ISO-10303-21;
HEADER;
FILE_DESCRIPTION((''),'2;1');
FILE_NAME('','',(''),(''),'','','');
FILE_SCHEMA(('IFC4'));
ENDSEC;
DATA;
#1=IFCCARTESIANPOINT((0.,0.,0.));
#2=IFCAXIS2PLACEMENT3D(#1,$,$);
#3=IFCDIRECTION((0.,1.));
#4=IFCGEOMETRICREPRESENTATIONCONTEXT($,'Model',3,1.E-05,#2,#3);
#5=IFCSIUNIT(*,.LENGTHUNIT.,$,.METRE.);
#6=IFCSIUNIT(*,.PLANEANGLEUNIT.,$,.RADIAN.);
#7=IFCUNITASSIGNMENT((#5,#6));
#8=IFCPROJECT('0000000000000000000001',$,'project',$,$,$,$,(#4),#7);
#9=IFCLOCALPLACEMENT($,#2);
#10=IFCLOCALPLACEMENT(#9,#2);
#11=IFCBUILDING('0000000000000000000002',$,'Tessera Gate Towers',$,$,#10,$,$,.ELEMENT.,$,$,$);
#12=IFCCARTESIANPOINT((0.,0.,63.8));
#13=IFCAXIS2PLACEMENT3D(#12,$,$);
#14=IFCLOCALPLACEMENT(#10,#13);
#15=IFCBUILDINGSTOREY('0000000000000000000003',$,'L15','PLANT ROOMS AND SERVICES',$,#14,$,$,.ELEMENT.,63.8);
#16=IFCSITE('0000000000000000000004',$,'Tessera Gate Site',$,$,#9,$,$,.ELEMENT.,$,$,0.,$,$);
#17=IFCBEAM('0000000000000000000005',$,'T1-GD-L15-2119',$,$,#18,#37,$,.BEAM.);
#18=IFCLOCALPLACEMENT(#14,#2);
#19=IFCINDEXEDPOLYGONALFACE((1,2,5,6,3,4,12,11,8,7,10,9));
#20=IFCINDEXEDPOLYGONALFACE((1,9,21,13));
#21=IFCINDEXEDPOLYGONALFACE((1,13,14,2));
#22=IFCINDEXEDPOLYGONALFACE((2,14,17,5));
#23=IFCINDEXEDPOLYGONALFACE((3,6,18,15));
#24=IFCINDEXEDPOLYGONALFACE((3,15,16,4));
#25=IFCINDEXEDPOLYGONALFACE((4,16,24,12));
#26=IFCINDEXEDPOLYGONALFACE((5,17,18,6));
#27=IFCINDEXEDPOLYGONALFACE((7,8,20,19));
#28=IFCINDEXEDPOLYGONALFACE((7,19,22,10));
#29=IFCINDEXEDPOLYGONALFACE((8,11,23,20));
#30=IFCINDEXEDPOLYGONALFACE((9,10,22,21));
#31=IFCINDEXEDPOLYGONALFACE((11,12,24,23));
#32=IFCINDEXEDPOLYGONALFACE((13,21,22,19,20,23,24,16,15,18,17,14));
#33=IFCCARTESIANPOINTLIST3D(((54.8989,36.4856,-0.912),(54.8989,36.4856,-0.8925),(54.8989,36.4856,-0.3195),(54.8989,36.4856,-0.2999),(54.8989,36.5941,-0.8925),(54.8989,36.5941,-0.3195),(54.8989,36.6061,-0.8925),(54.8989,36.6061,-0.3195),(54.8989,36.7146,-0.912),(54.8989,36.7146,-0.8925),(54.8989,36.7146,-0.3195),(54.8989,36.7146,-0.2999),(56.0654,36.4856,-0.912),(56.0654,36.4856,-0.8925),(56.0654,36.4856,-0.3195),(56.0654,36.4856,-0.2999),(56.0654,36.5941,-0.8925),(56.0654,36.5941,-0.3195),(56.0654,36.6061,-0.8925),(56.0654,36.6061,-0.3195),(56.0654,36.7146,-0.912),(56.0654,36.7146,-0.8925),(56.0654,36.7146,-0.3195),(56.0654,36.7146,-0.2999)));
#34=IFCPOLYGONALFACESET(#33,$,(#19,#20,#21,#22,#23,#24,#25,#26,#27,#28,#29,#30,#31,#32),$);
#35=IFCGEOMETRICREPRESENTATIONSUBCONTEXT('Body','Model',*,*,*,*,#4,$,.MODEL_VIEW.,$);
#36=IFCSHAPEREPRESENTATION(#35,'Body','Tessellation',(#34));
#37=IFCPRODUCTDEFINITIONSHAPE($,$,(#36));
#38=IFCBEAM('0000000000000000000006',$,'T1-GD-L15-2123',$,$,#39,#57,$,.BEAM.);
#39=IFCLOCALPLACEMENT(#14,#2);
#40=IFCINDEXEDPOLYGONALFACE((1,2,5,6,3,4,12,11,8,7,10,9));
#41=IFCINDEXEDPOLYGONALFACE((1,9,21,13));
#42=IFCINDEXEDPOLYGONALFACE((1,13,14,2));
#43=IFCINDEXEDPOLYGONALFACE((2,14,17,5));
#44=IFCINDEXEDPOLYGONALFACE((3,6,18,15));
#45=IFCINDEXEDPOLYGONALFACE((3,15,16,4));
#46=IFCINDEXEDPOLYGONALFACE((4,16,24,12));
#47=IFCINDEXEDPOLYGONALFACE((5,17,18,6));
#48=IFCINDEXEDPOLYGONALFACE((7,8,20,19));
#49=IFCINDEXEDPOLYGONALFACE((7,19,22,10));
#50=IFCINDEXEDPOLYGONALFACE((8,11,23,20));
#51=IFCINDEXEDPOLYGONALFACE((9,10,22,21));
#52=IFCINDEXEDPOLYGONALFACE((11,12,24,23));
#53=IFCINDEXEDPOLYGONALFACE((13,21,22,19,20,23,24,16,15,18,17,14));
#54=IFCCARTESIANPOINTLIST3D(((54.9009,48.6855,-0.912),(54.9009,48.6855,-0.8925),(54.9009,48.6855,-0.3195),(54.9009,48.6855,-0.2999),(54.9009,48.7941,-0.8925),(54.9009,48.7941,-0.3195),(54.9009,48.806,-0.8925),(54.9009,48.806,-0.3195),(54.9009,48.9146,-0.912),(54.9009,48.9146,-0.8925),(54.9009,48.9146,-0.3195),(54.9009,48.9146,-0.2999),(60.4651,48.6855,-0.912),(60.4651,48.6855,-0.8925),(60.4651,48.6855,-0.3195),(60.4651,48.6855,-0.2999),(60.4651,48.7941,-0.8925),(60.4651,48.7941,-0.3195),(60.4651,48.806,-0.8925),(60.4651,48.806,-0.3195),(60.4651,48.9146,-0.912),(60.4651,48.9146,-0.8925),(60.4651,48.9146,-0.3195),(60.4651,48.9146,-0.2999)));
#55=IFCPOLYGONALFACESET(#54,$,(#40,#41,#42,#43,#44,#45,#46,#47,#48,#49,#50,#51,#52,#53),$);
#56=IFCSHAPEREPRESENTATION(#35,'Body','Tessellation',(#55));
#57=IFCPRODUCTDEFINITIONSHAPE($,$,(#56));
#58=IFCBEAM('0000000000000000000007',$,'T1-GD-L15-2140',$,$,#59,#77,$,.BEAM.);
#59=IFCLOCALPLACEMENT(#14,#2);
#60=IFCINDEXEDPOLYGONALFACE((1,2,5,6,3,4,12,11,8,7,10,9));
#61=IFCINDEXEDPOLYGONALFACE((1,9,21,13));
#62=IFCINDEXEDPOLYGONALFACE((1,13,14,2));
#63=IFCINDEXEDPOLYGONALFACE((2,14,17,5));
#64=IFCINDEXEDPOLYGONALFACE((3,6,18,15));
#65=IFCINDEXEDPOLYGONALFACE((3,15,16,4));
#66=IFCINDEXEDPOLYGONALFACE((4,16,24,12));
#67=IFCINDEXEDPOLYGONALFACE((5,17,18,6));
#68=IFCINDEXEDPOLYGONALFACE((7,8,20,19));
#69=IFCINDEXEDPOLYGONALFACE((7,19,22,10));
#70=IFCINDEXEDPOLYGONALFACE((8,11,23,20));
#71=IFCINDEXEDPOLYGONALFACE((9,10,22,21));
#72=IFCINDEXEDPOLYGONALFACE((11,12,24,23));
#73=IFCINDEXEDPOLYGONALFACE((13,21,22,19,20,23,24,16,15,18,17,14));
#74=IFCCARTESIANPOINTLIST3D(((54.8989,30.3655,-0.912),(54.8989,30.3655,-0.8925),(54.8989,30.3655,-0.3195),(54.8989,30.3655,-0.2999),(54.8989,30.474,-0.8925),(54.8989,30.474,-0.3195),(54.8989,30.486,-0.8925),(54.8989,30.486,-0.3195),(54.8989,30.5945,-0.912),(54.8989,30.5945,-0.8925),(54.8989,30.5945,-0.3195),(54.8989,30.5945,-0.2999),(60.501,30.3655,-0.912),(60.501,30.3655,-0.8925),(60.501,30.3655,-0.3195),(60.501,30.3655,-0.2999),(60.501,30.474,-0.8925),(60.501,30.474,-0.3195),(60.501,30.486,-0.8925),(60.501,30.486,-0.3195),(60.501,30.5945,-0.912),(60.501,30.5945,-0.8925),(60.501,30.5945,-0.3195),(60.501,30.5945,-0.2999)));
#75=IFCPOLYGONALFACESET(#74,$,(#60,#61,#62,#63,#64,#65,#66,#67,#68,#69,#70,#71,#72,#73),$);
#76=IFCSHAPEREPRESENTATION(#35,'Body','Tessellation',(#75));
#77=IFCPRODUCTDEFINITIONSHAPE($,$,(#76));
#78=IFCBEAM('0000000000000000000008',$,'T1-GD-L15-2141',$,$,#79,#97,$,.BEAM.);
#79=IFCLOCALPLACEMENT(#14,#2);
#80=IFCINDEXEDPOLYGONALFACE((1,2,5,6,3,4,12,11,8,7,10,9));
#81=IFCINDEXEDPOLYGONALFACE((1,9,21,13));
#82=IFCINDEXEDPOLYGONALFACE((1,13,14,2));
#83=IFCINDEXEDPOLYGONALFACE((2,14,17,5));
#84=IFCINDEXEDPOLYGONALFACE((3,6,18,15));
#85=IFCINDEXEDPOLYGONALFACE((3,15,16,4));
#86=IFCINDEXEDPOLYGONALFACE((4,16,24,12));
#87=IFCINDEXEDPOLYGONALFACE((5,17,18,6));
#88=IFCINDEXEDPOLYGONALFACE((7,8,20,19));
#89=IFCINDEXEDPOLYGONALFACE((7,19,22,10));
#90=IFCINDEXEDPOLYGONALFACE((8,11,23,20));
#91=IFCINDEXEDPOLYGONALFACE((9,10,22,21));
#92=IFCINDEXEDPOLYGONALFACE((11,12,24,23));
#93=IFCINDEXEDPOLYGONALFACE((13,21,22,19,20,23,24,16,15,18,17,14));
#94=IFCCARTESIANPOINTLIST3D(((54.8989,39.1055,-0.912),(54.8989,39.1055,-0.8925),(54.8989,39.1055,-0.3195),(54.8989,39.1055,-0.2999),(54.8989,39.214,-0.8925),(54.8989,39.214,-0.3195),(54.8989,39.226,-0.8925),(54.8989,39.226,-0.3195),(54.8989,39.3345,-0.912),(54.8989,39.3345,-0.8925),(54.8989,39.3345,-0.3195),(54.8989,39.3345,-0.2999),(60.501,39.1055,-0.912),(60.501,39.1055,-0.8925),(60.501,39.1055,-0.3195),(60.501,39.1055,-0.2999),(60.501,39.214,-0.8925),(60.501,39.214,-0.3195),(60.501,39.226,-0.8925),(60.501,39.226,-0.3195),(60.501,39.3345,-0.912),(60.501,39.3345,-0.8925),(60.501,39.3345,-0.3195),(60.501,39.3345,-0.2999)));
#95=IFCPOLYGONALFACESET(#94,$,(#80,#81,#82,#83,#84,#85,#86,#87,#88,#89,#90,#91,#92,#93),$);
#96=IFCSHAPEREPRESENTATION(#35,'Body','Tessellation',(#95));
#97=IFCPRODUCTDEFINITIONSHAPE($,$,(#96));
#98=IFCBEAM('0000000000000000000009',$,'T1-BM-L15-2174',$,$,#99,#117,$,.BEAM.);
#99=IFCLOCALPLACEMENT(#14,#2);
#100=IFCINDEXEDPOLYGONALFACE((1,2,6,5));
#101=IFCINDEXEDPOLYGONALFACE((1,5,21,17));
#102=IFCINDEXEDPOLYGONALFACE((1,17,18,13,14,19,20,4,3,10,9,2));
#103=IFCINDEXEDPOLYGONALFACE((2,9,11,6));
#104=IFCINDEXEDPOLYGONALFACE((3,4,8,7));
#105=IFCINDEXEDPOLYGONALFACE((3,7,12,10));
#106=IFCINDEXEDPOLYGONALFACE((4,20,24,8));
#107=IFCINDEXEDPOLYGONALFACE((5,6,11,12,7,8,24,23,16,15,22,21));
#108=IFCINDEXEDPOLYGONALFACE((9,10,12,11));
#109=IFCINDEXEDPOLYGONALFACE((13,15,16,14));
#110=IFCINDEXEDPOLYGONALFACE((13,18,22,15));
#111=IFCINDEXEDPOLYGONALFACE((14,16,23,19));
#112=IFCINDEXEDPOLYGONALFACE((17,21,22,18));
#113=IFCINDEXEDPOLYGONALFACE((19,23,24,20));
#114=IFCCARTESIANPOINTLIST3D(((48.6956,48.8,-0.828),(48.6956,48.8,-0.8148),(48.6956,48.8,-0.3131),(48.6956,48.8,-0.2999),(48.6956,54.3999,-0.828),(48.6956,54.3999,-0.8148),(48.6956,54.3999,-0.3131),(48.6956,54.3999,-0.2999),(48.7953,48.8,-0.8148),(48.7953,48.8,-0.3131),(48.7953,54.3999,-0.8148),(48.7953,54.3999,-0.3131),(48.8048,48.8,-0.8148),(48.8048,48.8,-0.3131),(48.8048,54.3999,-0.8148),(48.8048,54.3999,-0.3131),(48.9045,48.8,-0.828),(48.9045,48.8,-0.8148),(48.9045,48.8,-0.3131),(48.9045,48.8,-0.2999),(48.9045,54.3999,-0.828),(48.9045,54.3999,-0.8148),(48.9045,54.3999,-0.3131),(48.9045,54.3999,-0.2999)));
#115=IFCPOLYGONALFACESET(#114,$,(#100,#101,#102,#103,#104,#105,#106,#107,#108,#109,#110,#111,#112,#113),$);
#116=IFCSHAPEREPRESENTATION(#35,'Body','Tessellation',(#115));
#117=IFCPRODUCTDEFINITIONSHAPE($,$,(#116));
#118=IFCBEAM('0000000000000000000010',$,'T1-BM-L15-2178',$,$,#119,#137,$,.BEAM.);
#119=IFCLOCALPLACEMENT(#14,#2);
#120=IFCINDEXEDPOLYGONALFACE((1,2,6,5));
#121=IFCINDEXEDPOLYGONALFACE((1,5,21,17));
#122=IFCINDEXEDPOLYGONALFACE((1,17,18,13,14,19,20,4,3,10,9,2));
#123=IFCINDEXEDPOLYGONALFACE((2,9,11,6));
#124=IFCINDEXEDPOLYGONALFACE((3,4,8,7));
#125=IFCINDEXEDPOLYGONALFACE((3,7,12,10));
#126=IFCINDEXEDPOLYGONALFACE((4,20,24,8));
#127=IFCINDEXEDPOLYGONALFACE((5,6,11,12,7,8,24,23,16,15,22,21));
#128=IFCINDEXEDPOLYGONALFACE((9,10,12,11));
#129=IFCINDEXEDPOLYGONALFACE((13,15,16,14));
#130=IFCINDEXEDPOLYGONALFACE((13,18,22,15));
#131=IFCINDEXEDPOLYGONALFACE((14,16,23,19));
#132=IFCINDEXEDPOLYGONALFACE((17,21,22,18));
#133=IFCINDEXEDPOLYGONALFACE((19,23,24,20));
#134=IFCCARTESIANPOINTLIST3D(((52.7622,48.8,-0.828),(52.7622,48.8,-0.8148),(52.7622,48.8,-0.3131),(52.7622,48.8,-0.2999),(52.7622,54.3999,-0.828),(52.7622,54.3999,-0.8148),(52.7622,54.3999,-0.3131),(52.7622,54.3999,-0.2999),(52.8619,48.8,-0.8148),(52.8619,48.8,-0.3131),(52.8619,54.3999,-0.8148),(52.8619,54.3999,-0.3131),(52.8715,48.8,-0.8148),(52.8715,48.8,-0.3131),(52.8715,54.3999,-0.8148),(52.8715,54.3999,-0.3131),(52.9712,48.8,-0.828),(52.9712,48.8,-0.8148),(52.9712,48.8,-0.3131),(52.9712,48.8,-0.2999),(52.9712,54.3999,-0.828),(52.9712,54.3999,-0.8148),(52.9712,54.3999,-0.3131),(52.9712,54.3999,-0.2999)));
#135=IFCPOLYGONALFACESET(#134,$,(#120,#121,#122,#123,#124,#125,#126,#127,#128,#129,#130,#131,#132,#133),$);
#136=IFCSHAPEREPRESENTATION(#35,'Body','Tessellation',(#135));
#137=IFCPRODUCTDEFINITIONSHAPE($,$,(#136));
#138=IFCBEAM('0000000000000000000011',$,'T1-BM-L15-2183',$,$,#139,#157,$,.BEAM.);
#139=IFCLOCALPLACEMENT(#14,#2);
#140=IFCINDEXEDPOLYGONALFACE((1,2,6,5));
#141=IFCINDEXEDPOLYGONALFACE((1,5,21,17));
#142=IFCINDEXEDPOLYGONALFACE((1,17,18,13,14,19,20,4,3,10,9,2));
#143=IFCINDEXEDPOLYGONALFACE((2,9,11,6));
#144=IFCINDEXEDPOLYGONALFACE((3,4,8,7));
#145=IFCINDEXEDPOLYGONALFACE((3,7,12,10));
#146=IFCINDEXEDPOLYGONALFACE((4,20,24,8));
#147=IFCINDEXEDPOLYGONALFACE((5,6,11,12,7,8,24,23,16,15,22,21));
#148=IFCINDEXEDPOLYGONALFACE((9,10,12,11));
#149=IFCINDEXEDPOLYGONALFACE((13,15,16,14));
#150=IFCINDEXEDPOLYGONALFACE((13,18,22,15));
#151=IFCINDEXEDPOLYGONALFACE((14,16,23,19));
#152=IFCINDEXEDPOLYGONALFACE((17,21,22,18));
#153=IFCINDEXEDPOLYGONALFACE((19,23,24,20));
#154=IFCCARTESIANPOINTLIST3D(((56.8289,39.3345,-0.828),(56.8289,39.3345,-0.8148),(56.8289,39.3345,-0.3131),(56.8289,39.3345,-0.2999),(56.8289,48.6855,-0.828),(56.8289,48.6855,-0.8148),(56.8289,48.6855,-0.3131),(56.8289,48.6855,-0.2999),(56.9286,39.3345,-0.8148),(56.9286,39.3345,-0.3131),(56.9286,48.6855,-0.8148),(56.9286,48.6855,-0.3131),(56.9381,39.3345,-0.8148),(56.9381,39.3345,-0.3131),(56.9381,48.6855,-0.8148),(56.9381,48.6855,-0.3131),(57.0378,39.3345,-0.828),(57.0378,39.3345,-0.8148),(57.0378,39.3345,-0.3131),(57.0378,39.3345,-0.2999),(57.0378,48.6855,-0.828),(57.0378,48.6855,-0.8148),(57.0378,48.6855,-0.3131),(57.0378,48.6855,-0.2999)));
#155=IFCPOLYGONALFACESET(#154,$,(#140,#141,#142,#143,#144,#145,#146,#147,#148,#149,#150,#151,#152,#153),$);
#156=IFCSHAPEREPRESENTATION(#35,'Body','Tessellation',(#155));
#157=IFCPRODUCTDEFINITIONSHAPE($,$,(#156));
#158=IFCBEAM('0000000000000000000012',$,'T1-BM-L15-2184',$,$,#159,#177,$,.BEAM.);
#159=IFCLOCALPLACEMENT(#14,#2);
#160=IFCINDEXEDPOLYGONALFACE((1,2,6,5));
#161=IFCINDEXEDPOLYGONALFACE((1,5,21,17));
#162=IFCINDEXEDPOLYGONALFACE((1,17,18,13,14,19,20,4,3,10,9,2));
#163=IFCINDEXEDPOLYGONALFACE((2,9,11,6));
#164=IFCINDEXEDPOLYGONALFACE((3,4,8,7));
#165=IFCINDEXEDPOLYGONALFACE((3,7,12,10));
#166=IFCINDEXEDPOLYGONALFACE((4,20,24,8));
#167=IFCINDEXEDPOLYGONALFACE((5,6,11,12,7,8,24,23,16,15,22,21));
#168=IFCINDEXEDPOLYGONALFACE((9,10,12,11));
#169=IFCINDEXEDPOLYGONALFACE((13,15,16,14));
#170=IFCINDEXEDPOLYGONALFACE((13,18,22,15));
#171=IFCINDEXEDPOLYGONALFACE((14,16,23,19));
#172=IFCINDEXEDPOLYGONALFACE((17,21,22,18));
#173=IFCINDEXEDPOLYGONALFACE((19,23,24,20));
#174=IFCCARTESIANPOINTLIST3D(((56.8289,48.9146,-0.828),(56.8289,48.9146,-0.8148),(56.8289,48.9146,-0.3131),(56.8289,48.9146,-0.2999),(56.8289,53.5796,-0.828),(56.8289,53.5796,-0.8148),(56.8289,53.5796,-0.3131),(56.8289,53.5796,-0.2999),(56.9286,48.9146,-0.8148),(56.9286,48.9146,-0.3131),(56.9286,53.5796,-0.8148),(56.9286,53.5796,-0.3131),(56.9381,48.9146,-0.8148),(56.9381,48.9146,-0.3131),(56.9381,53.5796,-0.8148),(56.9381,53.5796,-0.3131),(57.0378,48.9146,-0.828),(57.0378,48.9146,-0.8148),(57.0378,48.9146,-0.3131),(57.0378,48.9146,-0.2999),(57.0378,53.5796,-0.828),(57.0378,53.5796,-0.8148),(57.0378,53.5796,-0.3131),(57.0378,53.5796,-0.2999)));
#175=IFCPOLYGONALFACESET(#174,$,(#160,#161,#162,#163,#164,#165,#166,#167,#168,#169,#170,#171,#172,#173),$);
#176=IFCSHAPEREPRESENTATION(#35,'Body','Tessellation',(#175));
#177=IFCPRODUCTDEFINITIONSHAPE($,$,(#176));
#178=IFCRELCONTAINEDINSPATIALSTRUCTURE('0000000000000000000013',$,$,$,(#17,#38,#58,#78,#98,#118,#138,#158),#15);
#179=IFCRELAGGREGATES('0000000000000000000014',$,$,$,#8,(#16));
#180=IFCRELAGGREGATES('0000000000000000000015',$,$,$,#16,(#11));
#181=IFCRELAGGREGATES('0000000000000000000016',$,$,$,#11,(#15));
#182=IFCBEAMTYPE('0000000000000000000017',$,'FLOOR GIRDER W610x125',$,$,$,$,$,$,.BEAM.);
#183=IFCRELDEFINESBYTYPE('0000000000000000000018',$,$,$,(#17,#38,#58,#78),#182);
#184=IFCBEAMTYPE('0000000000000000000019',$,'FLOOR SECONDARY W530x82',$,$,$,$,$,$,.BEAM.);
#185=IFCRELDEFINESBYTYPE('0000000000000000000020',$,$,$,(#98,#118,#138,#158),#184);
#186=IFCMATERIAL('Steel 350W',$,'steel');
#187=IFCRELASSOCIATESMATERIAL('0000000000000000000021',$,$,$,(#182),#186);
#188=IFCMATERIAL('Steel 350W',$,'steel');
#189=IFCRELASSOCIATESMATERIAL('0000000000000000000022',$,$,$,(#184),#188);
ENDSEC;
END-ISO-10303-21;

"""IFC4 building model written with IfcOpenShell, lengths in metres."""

from ifc_helpers import new_model, si_unit, direction, frame, origin, origin_2d, place, context, subcontext, project, spatial, i_section, extrude, material, material_profile, profile_set, type_object, element, save


model = new_model("IFC4")

# Units and contexts
model_context = context("Model", 3, precision=1e-05, world=origin(), true_north=direction((0.0, 1.0)))
body_context = subcontext(model_context, "Body", "Model", "MODEL_VIEW")
ifc_project = project(units=[si_unit("LENGTHUNIT", "METRE"), si_unit("PLANEANGLEUNIT", "RADIAN")], contexts=[model_context])

# Site, building, storey
site_placement = place(None, origin())
site = spatial("IfcSite", under=ifc_project, at=site_placement, Name="Tessera Gate Site", CompositionType="ELEMENT", RefElevation=0.0)
building_placement = place(site_placement, origin())
building = spatial("IfcBuilding", under=site, at=building_placement, Name="Tessera Gate Towers", CompositionType="ELEMENT")
storey_placement = place(building_placement, frame((0.0, 0.0, 63.8)))
storey = spatial("IfcBuildingStorey", under=building, at=storey_placement, Name="L15", Description="PLANT ROOMS AND SERVICES", CompositionType="ELEMENT", Elevation=63.8)

# Beams
ifc_material_1 = material(Name="Steel 350W", Category="steel")
ifc_material_profile_1 = material_profile(ifc_material_1, i_section(OverallWidth=0.229, OverallDepth=0.6121, WebThickness=0.012, FlangeThickness=0.0195, at=origin_2d()), Name="W610x125")
ifc_profile_set_1 = profile_set([ifc_material_profile_1], Name="Steel 350W")
beam_type_1 = type_object("IfcBeamType", Name="FLOOR GIRDER W610x125", PredefinedType="BEAM", material=ifc_profile_set_1)
beam_1_placement = place(storey_placement, frame((54.8989, 36.6001, -0.606), z_axis=(1.0, 0.0, 0.0), x_axis=(0.0, 1.0, 0.0)))
element("IfcBeam", 1, at=beam_1_placement, inside=storey, type_object=beam_type_1, Name="T1-GD-L15-2119", PredefinedType="BEAM", context=body_context, shape_type="SweptSolid", body=[
    extrude(i_section(OverallWidth=0.229, OverallDepth=0.6121, WebThickness=0.012, FlangeThickness=0.0195, at=origin_2d()), origin(), (0.0, 0.0, 1.0), 1.1665),
])
beam_2_placement = place(storey_placement, frame((54.9009, 48.8, -0.606), z_axis=(1.0, 0.0, 0.0), x_axis=(0.0, 1.0, 0.0)))
element("IfcBeam", 2, at=beam_2_placement, inside=storey, type_object=beam_type_1, Name="T1-GD-L15-2123", PredefinedType="BEAM", context=body_context, shape_type="SweptSolid", body=[
    extrude(i_section(OverallWidth=0.229, OverallDepth=0.6121, WebThickness=0.012, FlangeThickness=0.0195, at=origin_2d()), origin(), (0.0, 0.0, 1.0), 5.5642),
])
for number, where, z_axis, x_axis, name in (
    (3, (54.8989, 30.48, -0.606), (1.0, 0.0, 0.0), (0.0, 1.0, 0.0), "T1-GD-L15-2140"),
    (4, (54.8989, 39.22, -0.606), (1.0, 0.0, 0.0), (0.0, 1.0, 0.0), "T1-GD-L15-2141"),
):
    element("IfcBeam", number, at=place(storey_placement, frame(where, z_axis=z_axis, x_axis=x_axis)), inside=storey, type_object=beam_type_1, Name=name, PredefinedType="BEAM", context=body_context, shape_type="SweptSolid", body=[
        extrude(i_section(OverallWidth=0.229, OverallDepth=0.6121, WebThickness=0.012, FlangeThickness=0.0195, at=origin_2d()), origin(), (0.0, 0.0, 1.0), 5.6021),
    ])
ifc_material_2 = material(Name="Steel 350W", Category="steel")
ifc_material_profile_2 = material_profile(ifc_material_2, i_section(OverallWidth=0.209, OverallDepth=0.5281, WebThickness=0.0095, FlangeThickness=0.0132, at=origin_2d()), Name="W530x82")
ifc_profile_set_2 = profile_set([ifc_material_profile_2], Name="Steel 350W")
beam_type_2 = type_object("IfcBeamType", Name="FLOOR SECONDARY W530x82", PredefinedType="BEAM", material=ifc_profile_set_2)
for number, where, z_axis, x_axis, name in (
    (5, (48.8, 48.8, -0.564), (0.0, 1.0, 0.0), (-1.0, 0.0, 0.0), "T1-BM-L15-2174"),
    (6, (52.8667, 48.8, -0.564), (0.0, 1.0, 0.0), (-1.0, 0.0, 0.0), "T1-BM-L15-2178"),
):
    element("IfcBeam", number, at=place(storey_placement, frame(where, z_axis=z_axis, x_axis=x_axis)), inside=storey, type_object=beam_type_2, Name=name, PredefinedType="BEAM", context=body_context, shape_type="SweptSolid", body=[
        extrude(i_section(OverallWidth=0.209, OverallDepth=0.5281, WebThickness=0.0095, FlangeThickness=0.0132, at=origin_2d()), origin(), (0.0, 0.0, 1.0), 5.5999),
    ])
beam_3_placement = place(storey_placement, frame((56.9333, 39.3345, -0.564), z_axis=(0.0, 1.0, 0.0), x_axis=(-1.0, 0.0, 0.0)))
element("IfcBeam", 7, at=beam_3_placement, inside=storey, type_object=beam_type_2, Name="T1-BM-L15-2183", PredefinedType="BEAM", context=body_context, shape_type="SweptSolid", body=[
    extrude(i_section(OverallWidth=0.209, OverallDepth=0.5281, WebThickness=0.0095, FlangeThickness=0.0132, at=origin_2d()), origin(), (0.0, 0.0, 1.0), 9.3511),
])
beam_4_placement = place(storey_placement, frame((56.9333, 48.9146, -0.564), z_axis=(0.0, 1.0, 0.0), x_axis=(-1.0, 0.0, 0.0)))
element("IfcBeam", 8, at=beam_4_placement, inside=storey, type_object=beam_type_2, Name="T1-BM-L15-2184", PredefinedType="BEAM", context=body_context, shape_type="SweptSolid", body=[
    extrude(i_section(OverallWidth=0.209, OverallDepth=0.5281, WebThickness=0.0095, FlangeThickness=0.0132, at=origin_2d()), origin(), (0.0, 0.0, 1.0), 4.665),
])

save(model, "model.ifc")
